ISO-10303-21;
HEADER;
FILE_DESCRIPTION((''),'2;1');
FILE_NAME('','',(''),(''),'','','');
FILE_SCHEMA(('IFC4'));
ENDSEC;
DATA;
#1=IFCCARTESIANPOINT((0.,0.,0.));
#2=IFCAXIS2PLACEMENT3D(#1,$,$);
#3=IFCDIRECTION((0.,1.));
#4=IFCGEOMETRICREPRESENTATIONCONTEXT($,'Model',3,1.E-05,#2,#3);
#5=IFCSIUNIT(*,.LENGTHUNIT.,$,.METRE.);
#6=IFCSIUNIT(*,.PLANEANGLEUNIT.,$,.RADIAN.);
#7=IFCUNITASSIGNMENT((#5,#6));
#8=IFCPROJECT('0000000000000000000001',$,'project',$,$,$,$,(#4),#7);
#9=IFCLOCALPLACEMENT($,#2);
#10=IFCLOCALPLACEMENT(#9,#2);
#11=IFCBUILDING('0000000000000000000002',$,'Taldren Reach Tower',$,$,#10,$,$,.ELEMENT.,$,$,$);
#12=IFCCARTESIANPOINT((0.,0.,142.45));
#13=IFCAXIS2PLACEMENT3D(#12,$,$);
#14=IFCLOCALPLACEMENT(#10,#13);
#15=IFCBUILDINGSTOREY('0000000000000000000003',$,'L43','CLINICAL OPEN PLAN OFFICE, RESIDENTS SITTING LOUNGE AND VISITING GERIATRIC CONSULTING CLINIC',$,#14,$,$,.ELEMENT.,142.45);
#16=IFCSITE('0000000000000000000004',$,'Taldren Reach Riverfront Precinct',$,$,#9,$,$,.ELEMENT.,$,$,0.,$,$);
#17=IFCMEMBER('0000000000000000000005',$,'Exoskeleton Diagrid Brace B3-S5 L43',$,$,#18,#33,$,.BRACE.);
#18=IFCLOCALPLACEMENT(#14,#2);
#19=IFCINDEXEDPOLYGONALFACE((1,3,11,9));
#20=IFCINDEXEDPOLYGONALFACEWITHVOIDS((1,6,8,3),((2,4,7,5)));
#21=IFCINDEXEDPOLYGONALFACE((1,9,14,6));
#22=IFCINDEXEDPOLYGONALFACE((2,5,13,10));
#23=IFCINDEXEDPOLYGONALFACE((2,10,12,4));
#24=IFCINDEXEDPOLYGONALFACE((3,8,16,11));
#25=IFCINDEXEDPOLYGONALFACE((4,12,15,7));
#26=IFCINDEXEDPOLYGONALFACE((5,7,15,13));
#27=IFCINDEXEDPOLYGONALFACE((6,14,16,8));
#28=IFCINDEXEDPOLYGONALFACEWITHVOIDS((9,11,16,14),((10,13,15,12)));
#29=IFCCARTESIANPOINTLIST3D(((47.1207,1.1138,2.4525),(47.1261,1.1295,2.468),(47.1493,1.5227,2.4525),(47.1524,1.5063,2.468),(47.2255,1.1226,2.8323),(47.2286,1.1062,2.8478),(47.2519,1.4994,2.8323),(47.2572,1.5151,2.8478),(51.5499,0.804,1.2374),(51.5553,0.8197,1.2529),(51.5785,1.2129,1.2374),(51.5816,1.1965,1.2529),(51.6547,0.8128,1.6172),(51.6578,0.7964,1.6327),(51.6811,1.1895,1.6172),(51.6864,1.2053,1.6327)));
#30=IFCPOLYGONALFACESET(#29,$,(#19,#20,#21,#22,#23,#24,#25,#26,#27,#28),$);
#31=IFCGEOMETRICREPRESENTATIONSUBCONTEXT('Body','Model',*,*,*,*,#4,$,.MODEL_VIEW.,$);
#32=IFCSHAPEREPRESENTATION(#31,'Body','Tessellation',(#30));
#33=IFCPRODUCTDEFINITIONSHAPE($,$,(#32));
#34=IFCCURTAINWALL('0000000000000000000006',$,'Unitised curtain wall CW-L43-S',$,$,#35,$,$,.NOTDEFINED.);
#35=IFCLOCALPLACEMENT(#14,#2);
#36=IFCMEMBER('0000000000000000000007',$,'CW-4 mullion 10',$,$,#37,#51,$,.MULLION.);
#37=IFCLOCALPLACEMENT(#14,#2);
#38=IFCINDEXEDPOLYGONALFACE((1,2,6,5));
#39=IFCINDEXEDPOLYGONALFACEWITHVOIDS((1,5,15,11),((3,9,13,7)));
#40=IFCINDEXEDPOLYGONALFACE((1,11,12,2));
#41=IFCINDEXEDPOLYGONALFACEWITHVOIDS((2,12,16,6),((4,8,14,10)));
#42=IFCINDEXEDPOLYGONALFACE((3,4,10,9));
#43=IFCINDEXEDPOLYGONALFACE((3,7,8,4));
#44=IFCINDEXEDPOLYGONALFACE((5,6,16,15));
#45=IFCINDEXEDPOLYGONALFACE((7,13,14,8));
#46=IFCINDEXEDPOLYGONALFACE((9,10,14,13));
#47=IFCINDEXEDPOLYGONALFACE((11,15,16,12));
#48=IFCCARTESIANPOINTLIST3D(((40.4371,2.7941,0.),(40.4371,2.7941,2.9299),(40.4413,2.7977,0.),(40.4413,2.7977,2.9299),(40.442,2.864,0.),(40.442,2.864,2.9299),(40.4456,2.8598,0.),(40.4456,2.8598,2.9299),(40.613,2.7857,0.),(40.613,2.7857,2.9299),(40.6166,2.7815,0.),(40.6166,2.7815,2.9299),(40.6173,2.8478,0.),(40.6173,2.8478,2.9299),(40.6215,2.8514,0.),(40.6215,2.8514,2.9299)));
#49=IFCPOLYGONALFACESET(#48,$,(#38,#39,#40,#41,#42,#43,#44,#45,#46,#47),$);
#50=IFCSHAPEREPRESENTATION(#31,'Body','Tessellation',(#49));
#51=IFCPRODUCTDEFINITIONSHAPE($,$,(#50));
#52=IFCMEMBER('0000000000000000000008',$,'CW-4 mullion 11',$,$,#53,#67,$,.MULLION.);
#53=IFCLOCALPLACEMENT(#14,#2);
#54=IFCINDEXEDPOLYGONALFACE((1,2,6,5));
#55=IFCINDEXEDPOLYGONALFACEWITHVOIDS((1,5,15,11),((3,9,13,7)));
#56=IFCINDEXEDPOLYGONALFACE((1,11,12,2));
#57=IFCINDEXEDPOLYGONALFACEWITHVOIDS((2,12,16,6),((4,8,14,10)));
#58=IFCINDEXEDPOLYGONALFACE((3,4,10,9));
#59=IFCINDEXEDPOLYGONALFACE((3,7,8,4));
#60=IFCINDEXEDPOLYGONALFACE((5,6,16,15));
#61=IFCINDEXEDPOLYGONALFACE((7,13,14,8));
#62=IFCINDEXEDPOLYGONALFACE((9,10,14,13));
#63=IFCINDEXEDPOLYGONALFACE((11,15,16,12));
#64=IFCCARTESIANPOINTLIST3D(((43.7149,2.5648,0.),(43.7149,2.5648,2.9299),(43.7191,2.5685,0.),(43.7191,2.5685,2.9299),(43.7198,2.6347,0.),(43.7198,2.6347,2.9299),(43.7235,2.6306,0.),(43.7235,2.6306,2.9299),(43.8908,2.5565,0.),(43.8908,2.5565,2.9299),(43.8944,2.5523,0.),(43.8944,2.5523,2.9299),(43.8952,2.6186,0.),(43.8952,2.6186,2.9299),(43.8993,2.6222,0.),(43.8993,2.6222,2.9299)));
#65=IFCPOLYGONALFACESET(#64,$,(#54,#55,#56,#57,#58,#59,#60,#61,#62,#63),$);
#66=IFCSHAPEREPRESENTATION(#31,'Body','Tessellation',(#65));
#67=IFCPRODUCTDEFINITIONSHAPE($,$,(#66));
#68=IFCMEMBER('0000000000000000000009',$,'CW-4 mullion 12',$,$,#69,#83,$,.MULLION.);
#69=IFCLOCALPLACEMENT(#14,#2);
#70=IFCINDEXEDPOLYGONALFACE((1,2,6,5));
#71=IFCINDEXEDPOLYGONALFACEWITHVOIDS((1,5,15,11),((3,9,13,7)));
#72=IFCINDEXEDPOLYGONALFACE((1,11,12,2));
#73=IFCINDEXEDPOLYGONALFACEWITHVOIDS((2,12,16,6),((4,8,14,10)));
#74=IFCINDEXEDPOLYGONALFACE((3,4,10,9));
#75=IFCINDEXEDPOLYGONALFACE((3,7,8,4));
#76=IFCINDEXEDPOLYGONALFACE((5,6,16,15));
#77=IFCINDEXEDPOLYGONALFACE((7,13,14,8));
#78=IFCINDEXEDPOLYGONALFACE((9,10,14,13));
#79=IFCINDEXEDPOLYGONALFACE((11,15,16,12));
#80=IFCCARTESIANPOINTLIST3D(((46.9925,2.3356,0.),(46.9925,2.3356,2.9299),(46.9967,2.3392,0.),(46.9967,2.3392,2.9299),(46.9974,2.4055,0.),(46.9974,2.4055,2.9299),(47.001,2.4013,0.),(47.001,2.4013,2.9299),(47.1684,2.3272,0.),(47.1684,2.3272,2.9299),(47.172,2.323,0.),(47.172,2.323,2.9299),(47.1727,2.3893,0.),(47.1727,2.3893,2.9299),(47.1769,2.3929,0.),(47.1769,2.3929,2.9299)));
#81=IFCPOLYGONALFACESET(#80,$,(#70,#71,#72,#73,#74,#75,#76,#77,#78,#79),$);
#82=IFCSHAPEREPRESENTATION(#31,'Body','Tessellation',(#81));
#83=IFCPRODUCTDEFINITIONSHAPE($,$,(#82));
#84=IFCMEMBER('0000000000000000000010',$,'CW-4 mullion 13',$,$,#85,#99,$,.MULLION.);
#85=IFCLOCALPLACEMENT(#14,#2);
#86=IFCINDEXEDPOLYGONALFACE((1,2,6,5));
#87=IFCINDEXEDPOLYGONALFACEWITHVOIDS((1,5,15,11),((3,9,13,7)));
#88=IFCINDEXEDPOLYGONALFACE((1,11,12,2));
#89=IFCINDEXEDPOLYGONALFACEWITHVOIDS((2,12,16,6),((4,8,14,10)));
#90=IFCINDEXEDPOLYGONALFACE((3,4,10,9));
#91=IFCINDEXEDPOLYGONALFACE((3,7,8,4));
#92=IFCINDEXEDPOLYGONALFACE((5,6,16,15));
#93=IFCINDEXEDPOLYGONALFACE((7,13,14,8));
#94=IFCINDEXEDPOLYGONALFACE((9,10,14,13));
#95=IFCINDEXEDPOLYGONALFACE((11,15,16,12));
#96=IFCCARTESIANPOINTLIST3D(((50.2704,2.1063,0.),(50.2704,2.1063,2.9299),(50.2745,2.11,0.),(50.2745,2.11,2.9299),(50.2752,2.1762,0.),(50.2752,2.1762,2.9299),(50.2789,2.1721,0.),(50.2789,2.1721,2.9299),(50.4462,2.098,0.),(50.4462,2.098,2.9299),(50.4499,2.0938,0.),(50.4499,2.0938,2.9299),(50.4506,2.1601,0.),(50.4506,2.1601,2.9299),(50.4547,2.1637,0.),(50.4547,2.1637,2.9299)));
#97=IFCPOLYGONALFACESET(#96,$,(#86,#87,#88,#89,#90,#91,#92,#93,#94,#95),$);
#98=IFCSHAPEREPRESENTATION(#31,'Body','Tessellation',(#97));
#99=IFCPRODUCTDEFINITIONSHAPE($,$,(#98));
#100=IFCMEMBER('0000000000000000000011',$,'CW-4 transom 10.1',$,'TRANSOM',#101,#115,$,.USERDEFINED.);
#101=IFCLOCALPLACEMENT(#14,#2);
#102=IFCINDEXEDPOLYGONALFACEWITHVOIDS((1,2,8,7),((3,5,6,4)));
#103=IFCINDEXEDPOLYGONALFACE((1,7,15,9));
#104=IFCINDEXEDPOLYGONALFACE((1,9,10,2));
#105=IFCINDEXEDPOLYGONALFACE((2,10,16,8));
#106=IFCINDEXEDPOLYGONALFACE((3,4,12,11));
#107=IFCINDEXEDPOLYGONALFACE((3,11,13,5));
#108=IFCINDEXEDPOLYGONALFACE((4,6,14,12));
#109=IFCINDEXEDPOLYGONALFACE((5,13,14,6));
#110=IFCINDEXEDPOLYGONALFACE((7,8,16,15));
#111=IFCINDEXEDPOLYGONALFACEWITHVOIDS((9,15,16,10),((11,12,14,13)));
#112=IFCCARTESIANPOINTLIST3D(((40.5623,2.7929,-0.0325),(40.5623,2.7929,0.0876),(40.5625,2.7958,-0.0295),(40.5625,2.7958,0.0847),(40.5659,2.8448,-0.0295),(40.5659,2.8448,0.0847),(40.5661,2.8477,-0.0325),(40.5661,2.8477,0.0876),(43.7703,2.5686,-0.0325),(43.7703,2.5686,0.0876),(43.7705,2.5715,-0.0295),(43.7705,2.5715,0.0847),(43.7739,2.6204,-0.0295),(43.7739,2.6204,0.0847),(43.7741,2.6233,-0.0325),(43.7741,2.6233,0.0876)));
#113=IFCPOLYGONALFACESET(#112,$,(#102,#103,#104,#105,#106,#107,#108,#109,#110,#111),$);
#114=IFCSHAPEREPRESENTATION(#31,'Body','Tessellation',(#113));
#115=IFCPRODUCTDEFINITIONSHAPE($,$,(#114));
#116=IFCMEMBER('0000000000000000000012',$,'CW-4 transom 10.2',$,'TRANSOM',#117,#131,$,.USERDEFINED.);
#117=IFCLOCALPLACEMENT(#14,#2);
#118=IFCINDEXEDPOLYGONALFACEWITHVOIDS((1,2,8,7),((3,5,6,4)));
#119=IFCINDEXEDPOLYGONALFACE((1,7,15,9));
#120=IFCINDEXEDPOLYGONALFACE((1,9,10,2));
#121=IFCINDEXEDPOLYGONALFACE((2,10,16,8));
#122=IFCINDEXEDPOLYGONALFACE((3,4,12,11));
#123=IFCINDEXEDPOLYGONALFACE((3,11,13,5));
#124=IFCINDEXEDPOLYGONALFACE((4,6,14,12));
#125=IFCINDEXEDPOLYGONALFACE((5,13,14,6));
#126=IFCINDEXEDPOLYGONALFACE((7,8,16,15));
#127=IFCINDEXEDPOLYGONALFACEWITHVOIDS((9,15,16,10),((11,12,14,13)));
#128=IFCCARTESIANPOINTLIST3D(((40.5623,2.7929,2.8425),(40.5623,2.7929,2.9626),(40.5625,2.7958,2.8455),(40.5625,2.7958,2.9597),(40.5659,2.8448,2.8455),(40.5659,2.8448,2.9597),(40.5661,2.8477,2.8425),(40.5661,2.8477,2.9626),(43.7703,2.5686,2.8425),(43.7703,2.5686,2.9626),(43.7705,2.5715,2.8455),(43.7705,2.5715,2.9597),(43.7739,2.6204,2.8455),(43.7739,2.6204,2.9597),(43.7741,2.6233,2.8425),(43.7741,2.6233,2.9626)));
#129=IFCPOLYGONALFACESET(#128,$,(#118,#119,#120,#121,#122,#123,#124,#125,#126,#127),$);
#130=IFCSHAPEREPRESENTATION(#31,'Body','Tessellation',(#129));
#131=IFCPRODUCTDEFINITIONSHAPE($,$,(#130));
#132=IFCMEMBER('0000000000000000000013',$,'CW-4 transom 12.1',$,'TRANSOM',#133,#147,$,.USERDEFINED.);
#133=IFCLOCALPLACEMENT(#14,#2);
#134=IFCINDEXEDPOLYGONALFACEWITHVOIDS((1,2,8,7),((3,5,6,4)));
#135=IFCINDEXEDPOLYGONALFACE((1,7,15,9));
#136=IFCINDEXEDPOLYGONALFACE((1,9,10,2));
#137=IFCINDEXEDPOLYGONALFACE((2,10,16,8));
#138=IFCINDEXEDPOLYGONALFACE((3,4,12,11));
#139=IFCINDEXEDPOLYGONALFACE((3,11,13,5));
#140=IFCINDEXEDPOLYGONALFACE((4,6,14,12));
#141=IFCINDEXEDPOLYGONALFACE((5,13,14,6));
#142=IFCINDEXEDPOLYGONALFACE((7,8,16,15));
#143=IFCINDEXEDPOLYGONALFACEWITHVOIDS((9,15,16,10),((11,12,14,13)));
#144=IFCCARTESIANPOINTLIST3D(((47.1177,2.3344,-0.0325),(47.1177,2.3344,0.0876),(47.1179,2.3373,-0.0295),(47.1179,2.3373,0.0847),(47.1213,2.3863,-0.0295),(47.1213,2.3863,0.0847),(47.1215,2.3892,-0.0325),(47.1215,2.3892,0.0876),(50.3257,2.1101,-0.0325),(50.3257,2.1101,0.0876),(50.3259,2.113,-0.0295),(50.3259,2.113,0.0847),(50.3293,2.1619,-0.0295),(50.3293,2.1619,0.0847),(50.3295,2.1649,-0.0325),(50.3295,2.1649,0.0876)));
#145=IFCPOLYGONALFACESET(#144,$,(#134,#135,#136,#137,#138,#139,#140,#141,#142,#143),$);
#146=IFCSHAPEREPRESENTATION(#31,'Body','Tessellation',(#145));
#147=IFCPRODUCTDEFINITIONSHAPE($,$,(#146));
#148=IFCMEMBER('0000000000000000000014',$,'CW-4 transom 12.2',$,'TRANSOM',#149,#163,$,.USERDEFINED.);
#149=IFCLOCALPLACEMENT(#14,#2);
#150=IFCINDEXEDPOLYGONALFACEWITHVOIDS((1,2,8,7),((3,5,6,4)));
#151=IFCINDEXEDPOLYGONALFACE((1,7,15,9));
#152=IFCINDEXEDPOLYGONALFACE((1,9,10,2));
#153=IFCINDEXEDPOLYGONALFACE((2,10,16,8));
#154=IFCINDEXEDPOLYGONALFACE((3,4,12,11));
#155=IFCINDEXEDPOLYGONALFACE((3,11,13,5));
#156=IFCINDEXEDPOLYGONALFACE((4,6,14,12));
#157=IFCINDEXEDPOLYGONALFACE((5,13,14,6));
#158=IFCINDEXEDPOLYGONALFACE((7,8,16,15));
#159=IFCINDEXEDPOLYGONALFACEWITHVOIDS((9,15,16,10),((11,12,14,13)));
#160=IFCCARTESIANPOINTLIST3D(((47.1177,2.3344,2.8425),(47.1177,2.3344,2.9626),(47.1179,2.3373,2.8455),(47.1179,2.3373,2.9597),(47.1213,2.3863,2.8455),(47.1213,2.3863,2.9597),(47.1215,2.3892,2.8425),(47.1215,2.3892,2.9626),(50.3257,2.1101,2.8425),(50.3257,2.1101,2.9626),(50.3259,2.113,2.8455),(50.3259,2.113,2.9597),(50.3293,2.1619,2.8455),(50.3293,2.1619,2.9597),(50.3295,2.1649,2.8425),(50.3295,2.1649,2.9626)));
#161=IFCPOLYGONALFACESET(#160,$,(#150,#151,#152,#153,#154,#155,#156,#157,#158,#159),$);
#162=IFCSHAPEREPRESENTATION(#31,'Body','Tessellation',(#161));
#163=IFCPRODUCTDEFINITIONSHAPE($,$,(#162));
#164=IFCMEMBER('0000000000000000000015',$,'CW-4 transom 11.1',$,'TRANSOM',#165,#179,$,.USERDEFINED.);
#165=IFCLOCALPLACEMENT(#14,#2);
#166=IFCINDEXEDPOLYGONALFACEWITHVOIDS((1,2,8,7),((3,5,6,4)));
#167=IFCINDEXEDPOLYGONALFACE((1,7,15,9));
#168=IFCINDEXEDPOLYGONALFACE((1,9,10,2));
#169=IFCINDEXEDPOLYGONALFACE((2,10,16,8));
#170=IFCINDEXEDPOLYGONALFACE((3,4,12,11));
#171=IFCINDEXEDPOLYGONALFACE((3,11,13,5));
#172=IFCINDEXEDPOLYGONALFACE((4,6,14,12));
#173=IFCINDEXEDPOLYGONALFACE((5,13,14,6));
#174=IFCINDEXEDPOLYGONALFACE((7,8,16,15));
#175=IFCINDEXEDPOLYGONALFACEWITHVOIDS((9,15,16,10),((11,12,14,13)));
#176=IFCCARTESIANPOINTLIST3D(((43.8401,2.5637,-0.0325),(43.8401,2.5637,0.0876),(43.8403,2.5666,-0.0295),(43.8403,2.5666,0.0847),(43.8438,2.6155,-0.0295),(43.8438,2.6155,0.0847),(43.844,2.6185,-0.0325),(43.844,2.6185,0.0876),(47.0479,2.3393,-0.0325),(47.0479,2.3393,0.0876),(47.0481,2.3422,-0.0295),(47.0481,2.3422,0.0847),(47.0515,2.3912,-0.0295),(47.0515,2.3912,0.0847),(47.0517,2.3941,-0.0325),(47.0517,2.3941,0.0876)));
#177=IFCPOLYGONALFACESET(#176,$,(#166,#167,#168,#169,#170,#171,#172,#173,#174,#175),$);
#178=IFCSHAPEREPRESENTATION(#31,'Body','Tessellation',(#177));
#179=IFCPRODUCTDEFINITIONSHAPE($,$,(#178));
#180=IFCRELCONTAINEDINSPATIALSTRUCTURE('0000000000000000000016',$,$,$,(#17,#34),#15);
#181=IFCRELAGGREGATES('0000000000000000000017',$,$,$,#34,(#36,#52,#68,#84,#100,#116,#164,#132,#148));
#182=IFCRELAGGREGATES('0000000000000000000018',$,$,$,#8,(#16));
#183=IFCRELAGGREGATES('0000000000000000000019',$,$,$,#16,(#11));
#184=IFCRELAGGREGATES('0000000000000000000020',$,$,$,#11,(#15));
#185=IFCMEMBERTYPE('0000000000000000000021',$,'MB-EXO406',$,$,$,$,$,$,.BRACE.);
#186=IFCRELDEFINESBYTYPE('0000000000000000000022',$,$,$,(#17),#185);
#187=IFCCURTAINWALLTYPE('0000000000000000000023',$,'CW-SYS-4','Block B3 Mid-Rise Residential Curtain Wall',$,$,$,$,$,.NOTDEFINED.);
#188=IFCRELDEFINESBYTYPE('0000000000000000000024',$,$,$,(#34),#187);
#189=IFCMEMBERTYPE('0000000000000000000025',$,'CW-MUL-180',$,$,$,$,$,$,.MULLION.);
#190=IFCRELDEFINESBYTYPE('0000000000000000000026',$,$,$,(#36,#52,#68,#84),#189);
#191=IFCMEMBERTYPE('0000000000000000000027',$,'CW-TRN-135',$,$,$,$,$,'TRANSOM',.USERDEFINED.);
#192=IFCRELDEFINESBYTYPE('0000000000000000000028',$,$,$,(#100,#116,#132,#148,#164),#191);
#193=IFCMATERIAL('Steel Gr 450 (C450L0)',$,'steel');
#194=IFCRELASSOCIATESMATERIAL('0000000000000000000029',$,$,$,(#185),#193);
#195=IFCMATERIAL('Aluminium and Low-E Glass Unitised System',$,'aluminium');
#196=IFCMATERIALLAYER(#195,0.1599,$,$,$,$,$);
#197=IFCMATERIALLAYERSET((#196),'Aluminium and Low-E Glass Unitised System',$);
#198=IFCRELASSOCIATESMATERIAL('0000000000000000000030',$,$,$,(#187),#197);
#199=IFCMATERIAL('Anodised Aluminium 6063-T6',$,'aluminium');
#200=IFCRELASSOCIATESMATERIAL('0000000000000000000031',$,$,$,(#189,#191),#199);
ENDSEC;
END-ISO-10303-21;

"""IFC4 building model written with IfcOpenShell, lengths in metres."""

from ifc_helpers import new_model, si_unit, direction, frame, origin, origin_2d, place, context, subcontext, project, spatial, hollow_rectangle, extrude, source, transform, mapped, material, layer, layer_set, material_profile, profile_set, type_object, element, aggregate, save


model = new_model("IFC4")

# Units and contexts
model_context = context("Model", 3, precision=1e-05, world=origin(), true_north=direction((0.0, 1.0)))
body_context = subcontext(model_context, "Body", "Model", "MODEL_VIEW")
ifc_project = project(units=[si_unit("LENGTHUNIT", "METRE"), si_unit("PLANEANGLEUNIT", "RADIAN")], contexts=[model_context])

# Site, building, storey
site_placement = place(None, origin())
site = spatial("IfcSite", under=ifc_project, at=site_placement, Name="Taldren Reach Riverfront Precinct", CompositionType="ELEMENT", RefElevation=0.0)
building_placement = place(site_placement, origin())
building = spatial("IfcBuilding", under=site, at=building_placement, Name="Taldren Reach Tower", CompositionType="ELEMENT")
storey_placement = place(building_placement, frame((0.0, 0.0, 142.45)))
storey = spatial("IfcBuildingStorey", under=building, at=storey_placement, Name="L43", Description="CLINICAL OPEN PLAN OFFICE, RESIDENTS SITTING LOUNGE AND VISITING GERIATRIC CONSULTING CLINIC", CompositionType="ELEMENT", Elevation=142.45)

# Shared definitions
ifc_material_1 = material(Name="Steel Gr 450 (C450L0)", Category="steel")

# Member
ifc_material_profile_1 = material_profile(ifc_material_1, hollow_rectangle(XDim=0.4099, YDim=0.4099, WallThickness=0.0161, at=origin_2d()), Name="410x410x16.0SHS")
ifc_profile_set_1 = profile_set([ifc_material_profile_1], Name="Steel Gr 450 (C450L0)")
member_type_1 = type_object("IfcMemberType", Name="MB-EXO406", PredefinedType="BRACE", material=ifc_profile_set_1)
shared_shape_1 = source(origin(), body_context, "Body", "SweptSolid", [
    extrude(hollow_rectangle(XDim=0.4099, YDim=0.4099, WallThickness=0.0161, at=origin_2d()), origin(), (0.0, 0.0, 1.0), 4.6033),
])
for number, where, z_axis, x_axis, name in (
    (1, (51.6182, 1.0046, 1.4351), (-0.962182, 0.067303, 0.263961), (-0.069778, -0.997563, 0.0), "Exoskeleton Diagrid Brace B3-S5 L43"),
):
    element("IfcMember", number, at=place(storey_placement, frame(where, z_axis=z_axis, x_axis=x_axis)), inside=storey, type_object=member_type_1, Name=name, PredefinedType="BRACE", context=body_context, shape_type="MappedRepresentation", body=[
        mapped(shared_shape_1, transform((0.0, 0.0, 0.0), scale=1.0)),
    ])

# Curtain wall, members
ifc_material_2 = material(Name="Aluminium and Low-E Glass Unitised System", Category="aluminium")
ifc_layer_1 = layer(ifc_material_2, 0.1599)
ifc_layer_set_1 = layer_set([ifc_layer_1], Name="Aluminium and Low-E Glass Unitised System")
curtain_wall_type = type_object("IfcCurtainWallType", Name="CW-SYS-4", Description="Block B3 Mid-Rise Residential Curtain Wall", PredefinedType="NOTDEFINED", material=ifc_layer_set_1)
curtain_wall_placement = place(storey_placement, origin())
curtain_wall = element("IfcCurtainWall", 2, at=curtain_wall_placement, inside=storey, type_object=curtain_wall_type, Name="Unitised curtain wall CW-L43-S", PredefinedType="NOTDEFINED")
ifc_material_3 = material(Name="Anodised Aluminium 6063-T6", Category="aluminium")
ifc_material_profile_2 = material_profile(ifc_material_3, hollow_rectangle(XDim=0.0701, YDim=0.1799, WallThickness=0.0039, at=origin_2d()), Name="ALU-180x70x4RHS")
ifc_profile_set_2 = profile_set([ifc_material_profile_2], Name="Anodised Aluminium 6063-T6")
member_type_2 = type_object("IfcMemberType", Name="CW-MUL-180", PredefinedType="MULLION", material=ifc_profile_set_2)
shared_shape_2 = source(origin(), body_context, "Body", "SweptSolid", [
    extrude(hollow_rectangle(XDim=0.0701, YDim=0.1799, WallThickness=0.0039, at=origin_2d()), origin(), (0.0, 0.0, 1.0), 2.9299),
])
member_1_placement = place(storey_placement, frame((40.5293, 2.8228, 0.0), z_axis=(0.0, 0.0, 1.0), x_axis=(0.069757, 0.997564, 0.0)))
member_1 = element("IfcMember", 3, at=member_1_placement, type_object=member_type_2, Name="CW-4 mullion 10", PredefinedType="MULLION", context=body_context, shape_type="MappedRepresentation", body=[
    mapped(shared_shape_2, transform((0.0, 0.0, 0.0), scale=1.0)),
])
member_2_placement = place(storey_placement, frame((43.8071, 2.5935, 0.0), z_axis=(0.0, 0.0, 1.0), x_axis=(0.069757, 0.997564, 0.0)))
member_2 = element("IfcMember", 4, at=member_2_placement, type_object=member_type_2, Name="CW-4 mullion 11", PredefinedType="MULLION", context=body_context, shape_type="MappedRepresentation", body=[
    mapped(shared_shape_2, transform((0.0, 0.0, 0.0), scale=1.0)),
])
member_3_placement = place(storey_placement, frame((47.0847, 2.3643, 0.0), z_axis=(0.0, 0.0, 1.0), x_axis=(0.069757, 0.997564, 0.0)))
member_3 = element("IfcMember", 5, at=member_3_placement, type_object=member_type_2, Name="CW-4 mullion 12", PredefinedType="MULLION", context=body_context, shape_type="MappedRepresentation", body=[
    mapped(shared_shape_2, transform((0.0, 0.0, 0.0), scale=1.0)),
])
member_4_placement = place(storey_placement, frame((50.3625, 2.135, 0.0), z_axis=(0.0, 0.0, 1.0), x_axis=(0.069757, 0.997564, 0.0)))
member_4 = element("IfcMember", 6, at=member_4_placement, type_object=member_type_2, Name="CW-4 mullion 13", PredefinedType="MULLION", context=body_context, shape_type="MappedRepresentation", body=[
    mapped(shared_shape_2, transform((0.0, 0.0, 0.0), scale=1.0)),
])
ifc_material_profile_3 = material_profile(ifc_material_3, hollow_rectangle(XDim=0.0549, YDim=0.1201, WallThickness=0.0029, at=origin_2d()), Name="ALU-120x55x3RHS")
ifc_profile_set_3 = profile_set([ifc_material_profile_3], Name="Anodised Aluminium 6063-T6")
member_type_3 = type_object("IfcMemberType", Name="CW-TRN-135", ElementType="TRANSOM", PredefinedType="USERDEFINED", material=ifc_profile_set_3)
shared_shape_3 = source(origin(), body_context, "Body", "SweptSolid", [
    extrude(hollow_rectangle(XDim=0.0549, YDim=0.1201, WallThickness=0.0029, at=origin_2d()), origin(), (0.0, 0.0, 1.0), 3.2158),
])
member_5_placement = place(storey_placement, frame((40.5642, 2.8203, 0.0276), z_axis=(0.997563, -0.069769, 0.0), x_axis=(0.069769, 0.997563, 0.0)))
member_5 = element("IfcMember", 7, at=member_5_placement, type_object=member_type_3, Name="CW-4 transom 10.1", ObjectType="TRANSOM", PredefinedType="USERDEFINED", context=body_context, shape_type="MappedRepresentation", body=[
    mapped(shared_shape_3, transform((0.0, 0.0, 0.0), scale=1.0)),
])
member_6_placement = place(storey_placement, frame((40.5642, 2.8203, 2.9026), z_axis=(0.997563, -0.069769, 0.0), x_axis=(0.069769, 0.997563, 0.0)))
member_6 = element("IfcMember", 8, at=member_6_placement, type_object=member_type_3, Name="CW-4 transom 10.2", ObjectType="TRANSOM", PredefinedType="USERDEFINED", context=body_context, shape_type="MappedRepresentation", body=[
    mapped(shared_shape_3, transform((0.0, 0.0, 0.0), scale=1.0)),
])
member_7_placement = place(storey_placement, frame((47.1196, 2.3618, 0.0276), z_axis=(0.997563, -0.069769, 0.0), x_axis=(0.069769, 0.997563, 0.0)))
member_7 = element("IfcMember", 9, at=member_7_placement, type_object=member_type_3, Name="CW-4 transom 12.1", ObjectType="TRANSOM", PredefinedType="USERDEFINED", context=body_context, shape_type="MappedRepresentation", body=[
    mapped(shared_shape_3, transform((0.0, 0.0, 0.0), scale=1.0)),
])
member_8_placement = place(storey_placement, frame((47.1196, 2.3618, 2.9026), z_axis=(0.997563, -0.069769, 0.0), x_axis=(0.069769, 0.997563, 0.0)))
member_8 = element("IfcMember", 10, at=member_8_placement, type_object=member_type_3, Name="CW-4 transom 12.2", ObjectType="TRANSOM", PredefinedType="USERDEFINED", context=body_context, shape_type="MappedRepresentation", body=[
    mapped(shared_shape_3, transform((0.0, 0.0, 0.0), scale=1.0)),
])
shared_shape_4 = source(origin(), body_context, "Body", "SweptSolid", [
    extrude(hollow_rectangle(XDim=0.0549, YDim=0.1201, WallThickness=0.0029, at=origin_2d()), origin(), (0.0, 0.0, 1.0), 3.2156),
])
member_9_placement = place(storey_placement, frame((43.842, 2.5911, 0.0276), z_axis=(0.997563, -0.069774, 0.0), x_axis=(0.069774, 0.997563, 0.0)))
member_9 = element("IfcMember", 11, at=member_9_placement, type_object=member_type_3, Name="CW-4 transom 11.1", ObjectType="TRANSOM", PredefinedType="USERDEFINED", context=body_context, shape_type="MappedRepresentation", body=[
    mapped(shared_shape_4, transform((0.0, 0.0, 0.0), scale=1.0)),
])

aggregate(curtain_wall, [member_1, member_2, member_3, member_4, member_5, member_6, member_9, member_7, member_8])

save(model, "model.ifc")
